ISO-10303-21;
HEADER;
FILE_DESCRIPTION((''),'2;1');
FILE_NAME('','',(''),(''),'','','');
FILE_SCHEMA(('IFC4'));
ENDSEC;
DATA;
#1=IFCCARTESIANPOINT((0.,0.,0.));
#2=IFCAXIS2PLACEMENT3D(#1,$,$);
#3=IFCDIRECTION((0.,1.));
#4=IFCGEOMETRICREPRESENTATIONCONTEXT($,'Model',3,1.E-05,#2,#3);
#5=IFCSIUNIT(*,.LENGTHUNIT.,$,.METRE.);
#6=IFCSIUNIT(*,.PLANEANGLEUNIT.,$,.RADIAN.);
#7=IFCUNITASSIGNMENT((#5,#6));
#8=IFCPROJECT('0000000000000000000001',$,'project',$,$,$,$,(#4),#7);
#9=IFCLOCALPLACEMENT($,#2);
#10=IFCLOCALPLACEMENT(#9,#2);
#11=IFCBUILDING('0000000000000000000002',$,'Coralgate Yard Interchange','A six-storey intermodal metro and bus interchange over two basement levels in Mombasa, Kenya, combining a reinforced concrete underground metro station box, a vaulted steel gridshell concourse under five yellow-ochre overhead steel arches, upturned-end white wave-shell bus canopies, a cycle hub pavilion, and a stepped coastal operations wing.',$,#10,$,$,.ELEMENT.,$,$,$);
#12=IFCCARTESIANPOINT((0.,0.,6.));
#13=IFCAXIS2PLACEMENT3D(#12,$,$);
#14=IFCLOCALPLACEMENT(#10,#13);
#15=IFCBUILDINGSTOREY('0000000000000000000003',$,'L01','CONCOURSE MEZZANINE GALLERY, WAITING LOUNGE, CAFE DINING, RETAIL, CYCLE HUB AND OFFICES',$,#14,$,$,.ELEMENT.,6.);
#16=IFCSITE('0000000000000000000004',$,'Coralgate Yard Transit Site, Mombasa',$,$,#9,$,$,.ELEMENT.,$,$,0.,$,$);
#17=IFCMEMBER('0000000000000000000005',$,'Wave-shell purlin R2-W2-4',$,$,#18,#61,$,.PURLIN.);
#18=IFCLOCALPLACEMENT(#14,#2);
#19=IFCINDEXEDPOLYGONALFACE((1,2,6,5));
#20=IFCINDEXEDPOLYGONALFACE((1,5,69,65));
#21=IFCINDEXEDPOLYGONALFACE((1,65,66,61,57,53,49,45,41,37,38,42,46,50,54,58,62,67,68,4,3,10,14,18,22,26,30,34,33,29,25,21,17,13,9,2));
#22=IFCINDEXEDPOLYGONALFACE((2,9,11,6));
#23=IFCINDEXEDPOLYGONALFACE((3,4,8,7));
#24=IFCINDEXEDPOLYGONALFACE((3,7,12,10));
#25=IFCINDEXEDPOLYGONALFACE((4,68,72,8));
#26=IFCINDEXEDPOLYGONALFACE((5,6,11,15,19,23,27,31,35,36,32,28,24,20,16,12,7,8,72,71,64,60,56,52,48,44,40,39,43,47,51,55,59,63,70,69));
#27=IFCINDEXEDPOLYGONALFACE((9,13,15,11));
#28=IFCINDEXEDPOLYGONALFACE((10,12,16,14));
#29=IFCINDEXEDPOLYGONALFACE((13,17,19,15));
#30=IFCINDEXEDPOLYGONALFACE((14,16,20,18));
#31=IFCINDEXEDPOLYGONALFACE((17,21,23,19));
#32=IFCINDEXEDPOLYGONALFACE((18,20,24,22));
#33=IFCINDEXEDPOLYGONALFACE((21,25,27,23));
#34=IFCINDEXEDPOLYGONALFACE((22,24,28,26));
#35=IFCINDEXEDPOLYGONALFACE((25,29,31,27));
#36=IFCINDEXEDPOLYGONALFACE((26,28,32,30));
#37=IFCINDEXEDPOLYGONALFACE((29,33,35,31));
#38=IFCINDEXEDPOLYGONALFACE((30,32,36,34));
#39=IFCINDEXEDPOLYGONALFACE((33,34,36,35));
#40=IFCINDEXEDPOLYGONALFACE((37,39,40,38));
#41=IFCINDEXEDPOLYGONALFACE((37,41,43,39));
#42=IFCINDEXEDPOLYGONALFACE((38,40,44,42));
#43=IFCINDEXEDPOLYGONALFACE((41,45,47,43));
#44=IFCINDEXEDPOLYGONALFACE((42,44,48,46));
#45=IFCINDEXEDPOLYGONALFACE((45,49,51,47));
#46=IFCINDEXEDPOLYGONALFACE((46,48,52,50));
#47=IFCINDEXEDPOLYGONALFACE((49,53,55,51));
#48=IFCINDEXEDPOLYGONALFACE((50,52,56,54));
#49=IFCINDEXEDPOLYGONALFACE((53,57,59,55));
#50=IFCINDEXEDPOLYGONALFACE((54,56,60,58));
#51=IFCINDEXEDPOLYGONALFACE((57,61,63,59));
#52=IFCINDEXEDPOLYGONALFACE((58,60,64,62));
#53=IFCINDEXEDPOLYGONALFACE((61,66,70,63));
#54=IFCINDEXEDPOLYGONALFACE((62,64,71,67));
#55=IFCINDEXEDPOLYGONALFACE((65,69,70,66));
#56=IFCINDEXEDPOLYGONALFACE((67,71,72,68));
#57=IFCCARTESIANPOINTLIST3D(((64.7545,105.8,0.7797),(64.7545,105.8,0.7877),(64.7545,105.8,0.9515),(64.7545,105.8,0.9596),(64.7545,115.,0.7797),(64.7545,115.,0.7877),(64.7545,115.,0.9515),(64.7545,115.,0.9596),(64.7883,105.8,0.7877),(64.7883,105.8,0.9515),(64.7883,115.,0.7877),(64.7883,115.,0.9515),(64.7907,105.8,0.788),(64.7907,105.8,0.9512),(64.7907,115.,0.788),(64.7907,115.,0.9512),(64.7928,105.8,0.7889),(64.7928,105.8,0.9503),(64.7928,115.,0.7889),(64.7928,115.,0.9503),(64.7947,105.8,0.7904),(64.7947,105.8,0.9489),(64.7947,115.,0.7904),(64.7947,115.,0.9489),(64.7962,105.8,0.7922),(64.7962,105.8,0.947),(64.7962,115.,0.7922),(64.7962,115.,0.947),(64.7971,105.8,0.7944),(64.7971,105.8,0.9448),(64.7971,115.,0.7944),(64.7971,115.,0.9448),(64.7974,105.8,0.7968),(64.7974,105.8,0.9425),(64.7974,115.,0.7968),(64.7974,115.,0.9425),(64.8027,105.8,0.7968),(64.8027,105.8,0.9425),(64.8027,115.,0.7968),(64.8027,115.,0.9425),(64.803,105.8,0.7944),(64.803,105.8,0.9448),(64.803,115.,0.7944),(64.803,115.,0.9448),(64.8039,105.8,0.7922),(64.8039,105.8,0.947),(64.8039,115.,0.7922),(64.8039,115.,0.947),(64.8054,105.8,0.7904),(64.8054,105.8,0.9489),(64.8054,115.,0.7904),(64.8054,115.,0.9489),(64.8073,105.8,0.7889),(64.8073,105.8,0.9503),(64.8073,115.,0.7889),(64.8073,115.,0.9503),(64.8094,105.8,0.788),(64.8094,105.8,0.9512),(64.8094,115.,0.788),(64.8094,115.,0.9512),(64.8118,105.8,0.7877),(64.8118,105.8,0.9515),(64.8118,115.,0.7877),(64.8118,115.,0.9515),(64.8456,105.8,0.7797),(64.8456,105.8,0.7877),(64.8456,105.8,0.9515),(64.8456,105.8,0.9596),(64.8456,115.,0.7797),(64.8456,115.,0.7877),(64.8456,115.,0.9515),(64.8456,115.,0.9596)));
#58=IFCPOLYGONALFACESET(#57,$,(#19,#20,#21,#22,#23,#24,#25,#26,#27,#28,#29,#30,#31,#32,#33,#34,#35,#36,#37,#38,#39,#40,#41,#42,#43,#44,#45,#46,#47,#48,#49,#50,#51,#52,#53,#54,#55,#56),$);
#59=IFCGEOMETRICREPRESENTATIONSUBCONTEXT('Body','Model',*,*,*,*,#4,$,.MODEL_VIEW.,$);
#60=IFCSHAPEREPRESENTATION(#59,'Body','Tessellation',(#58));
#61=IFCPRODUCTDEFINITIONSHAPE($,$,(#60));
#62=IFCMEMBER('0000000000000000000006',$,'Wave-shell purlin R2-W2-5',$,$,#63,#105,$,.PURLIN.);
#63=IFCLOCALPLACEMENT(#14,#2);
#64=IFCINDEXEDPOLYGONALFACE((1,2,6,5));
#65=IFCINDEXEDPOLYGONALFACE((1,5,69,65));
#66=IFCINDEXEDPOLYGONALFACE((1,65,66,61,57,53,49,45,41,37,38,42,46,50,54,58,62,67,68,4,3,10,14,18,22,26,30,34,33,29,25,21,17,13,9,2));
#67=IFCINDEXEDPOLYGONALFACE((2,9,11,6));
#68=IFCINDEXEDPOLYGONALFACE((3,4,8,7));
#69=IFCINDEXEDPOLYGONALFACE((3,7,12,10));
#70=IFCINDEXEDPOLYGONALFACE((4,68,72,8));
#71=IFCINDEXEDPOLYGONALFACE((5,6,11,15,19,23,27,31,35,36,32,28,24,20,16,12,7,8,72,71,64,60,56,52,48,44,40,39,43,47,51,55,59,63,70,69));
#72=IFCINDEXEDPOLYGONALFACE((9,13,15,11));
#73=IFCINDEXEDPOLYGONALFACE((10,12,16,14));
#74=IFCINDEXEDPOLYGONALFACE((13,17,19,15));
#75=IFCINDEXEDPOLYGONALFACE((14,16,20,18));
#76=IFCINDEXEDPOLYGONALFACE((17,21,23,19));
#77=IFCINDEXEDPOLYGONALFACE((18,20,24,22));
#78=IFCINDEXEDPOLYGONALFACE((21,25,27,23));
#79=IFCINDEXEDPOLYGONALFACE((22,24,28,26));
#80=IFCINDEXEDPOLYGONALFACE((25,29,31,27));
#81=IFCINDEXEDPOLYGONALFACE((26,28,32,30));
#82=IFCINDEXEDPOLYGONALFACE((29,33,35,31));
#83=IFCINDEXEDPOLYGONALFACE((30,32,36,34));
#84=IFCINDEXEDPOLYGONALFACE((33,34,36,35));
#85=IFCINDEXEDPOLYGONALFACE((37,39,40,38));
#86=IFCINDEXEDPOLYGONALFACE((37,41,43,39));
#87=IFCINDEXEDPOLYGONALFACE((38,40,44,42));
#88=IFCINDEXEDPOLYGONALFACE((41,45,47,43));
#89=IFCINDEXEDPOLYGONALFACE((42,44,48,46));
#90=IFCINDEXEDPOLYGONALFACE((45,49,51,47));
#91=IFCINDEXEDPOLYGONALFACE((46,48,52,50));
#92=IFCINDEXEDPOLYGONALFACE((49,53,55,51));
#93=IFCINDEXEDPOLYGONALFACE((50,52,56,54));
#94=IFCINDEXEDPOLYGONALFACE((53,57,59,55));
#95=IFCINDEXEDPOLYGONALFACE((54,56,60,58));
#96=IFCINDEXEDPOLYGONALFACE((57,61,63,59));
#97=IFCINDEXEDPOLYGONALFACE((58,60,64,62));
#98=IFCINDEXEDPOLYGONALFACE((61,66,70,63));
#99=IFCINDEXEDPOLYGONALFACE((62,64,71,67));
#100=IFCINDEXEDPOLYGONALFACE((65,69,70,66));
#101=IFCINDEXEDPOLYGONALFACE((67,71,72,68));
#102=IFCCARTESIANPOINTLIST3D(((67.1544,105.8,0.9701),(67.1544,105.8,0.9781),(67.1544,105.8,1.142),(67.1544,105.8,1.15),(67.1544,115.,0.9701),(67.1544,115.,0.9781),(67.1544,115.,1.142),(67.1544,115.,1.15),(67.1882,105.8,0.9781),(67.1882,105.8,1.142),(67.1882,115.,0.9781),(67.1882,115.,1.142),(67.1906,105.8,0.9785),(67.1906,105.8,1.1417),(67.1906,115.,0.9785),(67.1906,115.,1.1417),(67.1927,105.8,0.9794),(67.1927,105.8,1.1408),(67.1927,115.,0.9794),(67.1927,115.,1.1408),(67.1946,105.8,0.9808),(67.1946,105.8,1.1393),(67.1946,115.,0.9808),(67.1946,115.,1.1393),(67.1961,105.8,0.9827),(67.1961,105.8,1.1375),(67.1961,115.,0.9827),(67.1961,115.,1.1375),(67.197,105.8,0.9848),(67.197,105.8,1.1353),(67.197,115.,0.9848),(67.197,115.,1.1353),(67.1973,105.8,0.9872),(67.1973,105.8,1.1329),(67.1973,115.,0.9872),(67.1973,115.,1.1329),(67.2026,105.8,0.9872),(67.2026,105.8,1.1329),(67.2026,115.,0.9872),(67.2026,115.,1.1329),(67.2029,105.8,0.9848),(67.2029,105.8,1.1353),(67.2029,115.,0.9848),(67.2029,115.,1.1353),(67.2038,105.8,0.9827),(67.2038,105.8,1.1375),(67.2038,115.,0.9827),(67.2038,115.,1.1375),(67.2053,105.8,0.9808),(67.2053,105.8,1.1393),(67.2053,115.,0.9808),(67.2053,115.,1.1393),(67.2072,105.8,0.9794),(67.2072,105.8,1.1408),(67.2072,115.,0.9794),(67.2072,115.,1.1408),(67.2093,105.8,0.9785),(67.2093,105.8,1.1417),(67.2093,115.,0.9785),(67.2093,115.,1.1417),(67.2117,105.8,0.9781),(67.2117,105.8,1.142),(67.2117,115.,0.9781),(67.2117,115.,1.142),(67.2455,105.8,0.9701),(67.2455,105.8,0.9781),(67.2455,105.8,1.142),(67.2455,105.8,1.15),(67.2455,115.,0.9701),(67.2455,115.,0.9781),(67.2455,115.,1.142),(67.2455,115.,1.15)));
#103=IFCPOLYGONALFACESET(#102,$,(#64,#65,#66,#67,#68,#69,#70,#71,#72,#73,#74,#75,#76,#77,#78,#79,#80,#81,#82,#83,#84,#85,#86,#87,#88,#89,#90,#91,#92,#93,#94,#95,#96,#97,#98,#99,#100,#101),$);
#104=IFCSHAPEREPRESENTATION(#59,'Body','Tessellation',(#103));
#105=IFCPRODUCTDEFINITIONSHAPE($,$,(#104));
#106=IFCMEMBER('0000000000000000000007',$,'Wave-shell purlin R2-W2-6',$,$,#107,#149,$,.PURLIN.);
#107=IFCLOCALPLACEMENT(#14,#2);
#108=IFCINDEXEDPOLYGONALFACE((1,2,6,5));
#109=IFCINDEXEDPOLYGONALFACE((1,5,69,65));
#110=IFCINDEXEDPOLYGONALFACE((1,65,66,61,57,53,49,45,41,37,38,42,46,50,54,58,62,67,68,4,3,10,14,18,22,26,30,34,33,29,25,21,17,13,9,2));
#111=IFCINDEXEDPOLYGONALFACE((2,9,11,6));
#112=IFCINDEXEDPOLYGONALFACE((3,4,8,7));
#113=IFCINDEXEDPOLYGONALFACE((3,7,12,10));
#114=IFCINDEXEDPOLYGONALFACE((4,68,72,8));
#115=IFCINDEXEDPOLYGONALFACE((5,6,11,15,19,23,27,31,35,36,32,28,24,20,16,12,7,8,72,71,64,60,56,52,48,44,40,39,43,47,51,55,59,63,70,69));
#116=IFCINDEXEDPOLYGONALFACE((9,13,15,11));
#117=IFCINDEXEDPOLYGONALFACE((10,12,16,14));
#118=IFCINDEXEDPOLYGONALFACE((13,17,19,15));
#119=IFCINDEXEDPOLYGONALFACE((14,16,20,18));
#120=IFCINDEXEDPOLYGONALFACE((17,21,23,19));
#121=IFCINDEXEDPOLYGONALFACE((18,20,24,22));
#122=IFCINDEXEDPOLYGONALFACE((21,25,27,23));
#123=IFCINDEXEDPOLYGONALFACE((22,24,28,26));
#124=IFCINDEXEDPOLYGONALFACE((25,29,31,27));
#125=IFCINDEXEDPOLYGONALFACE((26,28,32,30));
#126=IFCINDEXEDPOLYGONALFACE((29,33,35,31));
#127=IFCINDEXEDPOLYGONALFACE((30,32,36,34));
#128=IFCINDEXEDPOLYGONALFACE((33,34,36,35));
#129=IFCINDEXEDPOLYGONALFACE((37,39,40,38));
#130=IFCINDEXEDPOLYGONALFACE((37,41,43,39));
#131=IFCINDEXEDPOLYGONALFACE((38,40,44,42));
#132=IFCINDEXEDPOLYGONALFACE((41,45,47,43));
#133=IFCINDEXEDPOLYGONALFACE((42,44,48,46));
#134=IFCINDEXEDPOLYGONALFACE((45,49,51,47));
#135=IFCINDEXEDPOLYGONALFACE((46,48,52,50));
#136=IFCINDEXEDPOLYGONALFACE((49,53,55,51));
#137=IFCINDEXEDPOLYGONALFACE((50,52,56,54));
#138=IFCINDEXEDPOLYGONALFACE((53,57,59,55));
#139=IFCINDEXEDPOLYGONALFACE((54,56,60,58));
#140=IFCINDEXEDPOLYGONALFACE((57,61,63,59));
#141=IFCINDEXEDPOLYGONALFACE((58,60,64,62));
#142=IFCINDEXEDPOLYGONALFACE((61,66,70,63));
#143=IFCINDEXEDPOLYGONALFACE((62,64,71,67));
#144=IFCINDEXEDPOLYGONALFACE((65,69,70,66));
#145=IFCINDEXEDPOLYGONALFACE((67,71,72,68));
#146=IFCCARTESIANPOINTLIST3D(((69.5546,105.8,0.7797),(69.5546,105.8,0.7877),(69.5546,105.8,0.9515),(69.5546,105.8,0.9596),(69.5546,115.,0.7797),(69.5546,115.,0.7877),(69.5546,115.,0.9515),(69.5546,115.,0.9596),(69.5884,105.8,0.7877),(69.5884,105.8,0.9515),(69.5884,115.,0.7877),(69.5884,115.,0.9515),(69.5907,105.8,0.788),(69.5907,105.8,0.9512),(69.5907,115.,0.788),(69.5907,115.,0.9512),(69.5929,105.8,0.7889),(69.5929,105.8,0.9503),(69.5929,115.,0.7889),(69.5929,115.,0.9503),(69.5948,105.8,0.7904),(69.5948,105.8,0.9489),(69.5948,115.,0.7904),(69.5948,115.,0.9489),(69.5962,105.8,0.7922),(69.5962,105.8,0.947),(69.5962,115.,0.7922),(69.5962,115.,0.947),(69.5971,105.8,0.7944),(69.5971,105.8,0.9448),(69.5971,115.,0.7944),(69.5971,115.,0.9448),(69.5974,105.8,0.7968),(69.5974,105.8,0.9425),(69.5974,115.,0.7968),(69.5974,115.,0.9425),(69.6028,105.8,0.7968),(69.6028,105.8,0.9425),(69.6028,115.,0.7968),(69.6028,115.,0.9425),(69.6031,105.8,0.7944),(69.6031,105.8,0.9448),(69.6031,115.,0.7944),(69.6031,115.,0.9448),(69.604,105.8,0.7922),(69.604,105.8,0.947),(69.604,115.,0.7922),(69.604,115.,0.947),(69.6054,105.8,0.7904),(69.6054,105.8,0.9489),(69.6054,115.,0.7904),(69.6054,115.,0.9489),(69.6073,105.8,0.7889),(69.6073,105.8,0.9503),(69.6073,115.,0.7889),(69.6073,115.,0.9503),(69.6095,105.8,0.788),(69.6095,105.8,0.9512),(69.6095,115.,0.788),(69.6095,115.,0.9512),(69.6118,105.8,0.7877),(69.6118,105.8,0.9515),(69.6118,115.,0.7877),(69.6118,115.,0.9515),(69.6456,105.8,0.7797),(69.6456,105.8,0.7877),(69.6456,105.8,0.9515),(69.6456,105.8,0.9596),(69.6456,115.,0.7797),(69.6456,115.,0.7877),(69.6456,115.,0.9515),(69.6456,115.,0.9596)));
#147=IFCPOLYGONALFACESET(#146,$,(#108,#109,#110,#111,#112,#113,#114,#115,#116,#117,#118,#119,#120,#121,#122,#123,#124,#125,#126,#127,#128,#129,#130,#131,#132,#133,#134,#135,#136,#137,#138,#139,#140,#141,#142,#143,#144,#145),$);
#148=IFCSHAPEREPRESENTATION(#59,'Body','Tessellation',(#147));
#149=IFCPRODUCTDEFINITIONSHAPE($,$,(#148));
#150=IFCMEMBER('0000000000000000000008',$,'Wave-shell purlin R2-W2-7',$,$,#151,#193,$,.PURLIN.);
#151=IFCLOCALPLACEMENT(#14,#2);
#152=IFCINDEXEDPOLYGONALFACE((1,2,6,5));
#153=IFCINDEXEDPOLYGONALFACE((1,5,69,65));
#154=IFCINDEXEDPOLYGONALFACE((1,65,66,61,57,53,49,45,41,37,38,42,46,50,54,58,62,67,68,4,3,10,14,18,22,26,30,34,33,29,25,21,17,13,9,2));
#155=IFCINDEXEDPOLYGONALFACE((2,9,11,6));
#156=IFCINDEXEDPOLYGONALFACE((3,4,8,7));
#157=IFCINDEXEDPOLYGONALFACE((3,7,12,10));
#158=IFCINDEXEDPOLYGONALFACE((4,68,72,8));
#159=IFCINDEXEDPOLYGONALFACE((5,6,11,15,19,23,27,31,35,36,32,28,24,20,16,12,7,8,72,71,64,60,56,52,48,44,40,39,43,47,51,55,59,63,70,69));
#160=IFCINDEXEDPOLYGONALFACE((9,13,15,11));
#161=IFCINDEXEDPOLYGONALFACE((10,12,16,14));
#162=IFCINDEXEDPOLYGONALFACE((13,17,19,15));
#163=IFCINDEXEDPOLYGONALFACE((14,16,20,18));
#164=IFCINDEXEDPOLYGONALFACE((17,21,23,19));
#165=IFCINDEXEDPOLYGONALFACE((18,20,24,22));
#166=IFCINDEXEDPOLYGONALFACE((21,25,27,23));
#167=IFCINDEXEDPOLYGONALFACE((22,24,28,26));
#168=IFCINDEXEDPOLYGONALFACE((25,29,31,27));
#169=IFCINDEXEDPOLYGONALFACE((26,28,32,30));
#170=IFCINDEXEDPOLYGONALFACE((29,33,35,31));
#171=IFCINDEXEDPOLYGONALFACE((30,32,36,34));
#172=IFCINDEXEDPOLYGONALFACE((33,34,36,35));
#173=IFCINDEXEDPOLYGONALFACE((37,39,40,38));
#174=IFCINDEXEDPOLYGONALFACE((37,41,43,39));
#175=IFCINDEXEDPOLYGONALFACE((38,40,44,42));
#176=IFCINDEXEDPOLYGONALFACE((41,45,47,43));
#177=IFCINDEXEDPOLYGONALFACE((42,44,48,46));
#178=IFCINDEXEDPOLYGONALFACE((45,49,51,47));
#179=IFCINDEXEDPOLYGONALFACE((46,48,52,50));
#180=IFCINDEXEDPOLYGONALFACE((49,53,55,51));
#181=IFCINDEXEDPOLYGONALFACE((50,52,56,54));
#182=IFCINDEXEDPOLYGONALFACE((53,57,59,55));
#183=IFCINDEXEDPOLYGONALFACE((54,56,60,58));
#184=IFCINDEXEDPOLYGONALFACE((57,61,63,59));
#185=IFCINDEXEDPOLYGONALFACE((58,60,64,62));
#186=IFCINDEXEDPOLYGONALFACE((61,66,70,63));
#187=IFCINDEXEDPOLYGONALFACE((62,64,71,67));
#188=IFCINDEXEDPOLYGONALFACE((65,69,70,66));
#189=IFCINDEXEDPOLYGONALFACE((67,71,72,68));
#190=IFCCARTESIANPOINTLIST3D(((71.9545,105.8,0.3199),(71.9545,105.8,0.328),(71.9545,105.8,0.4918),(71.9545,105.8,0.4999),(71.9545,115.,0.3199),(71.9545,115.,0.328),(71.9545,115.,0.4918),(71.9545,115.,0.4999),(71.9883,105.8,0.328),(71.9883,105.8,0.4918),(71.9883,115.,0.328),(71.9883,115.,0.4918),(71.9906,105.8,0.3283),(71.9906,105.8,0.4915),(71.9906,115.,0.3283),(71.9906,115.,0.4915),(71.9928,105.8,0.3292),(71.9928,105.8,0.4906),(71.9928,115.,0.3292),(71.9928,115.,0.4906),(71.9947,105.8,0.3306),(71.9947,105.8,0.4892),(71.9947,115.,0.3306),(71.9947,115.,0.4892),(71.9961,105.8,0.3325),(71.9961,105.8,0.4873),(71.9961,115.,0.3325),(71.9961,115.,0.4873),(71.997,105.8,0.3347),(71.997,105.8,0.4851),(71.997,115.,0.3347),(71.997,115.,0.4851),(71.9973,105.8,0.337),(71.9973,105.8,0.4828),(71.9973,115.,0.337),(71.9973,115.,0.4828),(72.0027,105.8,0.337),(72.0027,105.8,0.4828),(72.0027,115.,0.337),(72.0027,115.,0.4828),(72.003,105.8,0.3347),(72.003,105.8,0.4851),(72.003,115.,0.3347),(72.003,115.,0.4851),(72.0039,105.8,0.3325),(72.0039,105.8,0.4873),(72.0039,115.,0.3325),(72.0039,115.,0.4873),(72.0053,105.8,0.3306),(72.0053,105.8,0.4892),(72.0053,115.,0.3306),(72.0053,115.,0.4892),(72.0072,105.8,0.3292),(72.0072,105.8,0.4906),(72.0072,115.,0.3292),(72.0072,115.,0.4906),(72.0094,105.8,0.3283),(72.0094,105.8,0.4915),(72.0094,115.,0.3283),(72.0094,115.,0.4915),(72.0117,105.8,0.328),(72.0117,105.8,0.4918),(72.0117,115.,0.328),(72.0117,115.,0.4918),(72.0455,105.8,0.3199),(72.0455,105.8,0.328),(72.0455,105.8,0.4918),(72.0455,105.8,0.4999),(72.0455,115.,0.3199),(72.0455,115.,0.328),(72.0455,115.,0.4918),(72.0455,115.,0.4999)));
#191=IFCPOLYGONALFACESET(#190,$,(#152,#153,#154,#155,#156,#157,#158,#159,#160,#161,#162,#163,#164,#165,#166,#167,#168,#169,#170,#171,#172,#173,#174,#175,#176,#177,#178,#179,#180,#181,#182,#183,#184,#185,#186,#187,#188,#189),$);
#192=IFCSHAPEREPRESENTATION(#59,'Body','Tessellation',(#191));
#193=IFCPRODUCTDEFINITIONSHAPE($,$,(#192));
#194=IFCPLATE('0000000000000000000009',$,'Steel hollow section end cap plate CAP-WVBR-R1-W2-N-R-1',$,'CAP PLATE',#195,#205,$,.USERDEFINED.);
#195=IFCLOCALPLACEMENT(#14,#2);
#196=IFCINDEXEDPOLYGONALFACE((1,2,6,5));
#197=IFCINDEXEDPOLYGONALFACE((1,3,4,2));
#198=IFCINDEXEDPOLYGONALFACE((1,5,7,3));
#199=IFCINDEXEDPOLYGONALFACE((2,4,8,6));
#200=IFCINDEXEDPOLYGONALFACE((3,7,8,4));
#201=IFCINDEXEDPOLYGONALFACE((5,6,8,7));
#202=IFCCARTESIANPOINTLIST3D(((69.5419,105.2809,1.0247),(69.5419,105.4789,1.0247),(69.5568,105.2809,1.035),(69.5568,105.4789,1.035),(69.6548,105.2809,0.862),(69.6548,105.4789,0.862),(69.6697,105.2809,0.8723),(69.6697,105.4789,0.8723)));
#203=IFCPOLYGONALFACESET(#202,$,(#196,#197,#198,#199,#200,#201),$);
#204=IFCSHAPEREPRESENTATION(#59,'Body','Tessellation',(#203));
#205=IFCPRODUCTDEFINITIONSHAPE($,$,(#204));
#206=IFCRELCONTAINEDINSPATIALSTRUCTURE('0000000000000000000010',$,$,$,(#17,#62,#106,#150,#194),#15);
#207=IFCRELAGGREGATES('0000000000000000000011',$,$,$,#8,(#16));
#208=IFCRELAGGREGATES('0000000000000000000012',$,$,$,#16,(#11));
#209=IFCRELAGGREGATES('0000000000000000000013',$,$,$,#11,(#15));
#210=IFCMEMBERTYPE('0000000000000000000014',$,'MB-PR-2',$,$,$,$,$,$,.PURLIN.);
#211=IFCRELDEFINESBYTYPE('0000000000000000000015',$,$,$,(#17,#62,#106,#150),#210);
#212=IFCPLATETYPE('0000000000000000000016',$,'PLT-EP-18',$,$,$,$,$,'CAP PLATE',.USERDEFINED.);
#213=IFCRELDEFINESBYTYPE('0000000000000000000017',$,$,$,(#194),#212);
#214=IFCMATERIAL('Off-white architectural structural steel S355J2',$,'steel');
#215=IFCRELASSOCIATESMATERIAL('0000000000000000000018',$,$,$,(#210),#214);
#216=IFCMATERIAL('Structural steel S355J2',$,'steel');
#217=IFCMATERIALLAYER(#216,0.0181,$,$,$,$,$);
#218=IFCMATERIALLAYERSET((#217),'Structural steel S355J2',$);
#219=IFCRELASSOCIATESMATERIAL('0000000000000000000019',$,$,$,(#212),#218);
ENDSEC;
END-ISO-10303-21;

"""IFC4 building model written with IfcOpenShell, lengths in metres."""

from ifc_helpers import new_model, si_unit, direction, frame, origin, origin_2d, place, context, subcontext, project, spatial, rectangle, i_section, extrude, material, layer, layer_set, material_profile, profile_set, type_object, element, save


model = new_model("IFC4")

# Units and contexts
model_context = context("Model", 3, precision=1e-05, world=origin(), true_north=direction((0.0, 1.0)))
body_context = subcontext(model_context, "Body", "Model", "MODEL_VIEW")
ifc_project = project(units=[si_unit("LENGTHUNIT", "METRE"), si_unit("PLANEANGLEUNIT", "RADIAN")], contexts=[model_context])

# Site, building, storey
site_placement = place(None, origin())
site = spatial("IfcSite", under=ifc_project, at=site_placement, Name="Coralgate Yard Transit Site, Mombasa", CompositionType="ELEMENT", RefElevation=0.0)
building_placement = place(site_placement, origin())
building = spatial("IfcBuilding", under=site, at=building_placement, Name="Coralgate Yard Interchange", Description="A six-storey intermodal metro and bus interchange over two basement levels in Mombasa, Kenya, combining a reinforced concrete underground metro station box, a vaulted steel gridshell concourse under five yellow-ochre overhead steel arches, upturned-end white wave-shell bus canopies, a cycle hub pavilion, and a stepped coastal operations wing.", CompositionType="ELEMENT")
storey_placement = place(building_placement, frame((0.0, 0.0, 6.0)))
storey = spatial("IfcBuildingStorey", under=building, at=storey_placement, Name="L01", Description="CONCOURSE MEZZANINE GALLERY, WAITING LOUNGE, CAFE DINING, RETAIL, CYCLE HUB AND OFFICES", CompositionType="ELEMENT", Elevation=6.0)

# Shared definitions
ifc_material_1 = material(Name="Off-white architectural structural steel S355J2", Category="steel")

# Members
ifc_material_profile_1 = material_profile(ifc_material_1, i_section(OverallWidth=0.0911, OverallDepth=0.1799, WebThickness=0.0054, FlangeThickness=0.0081, FilletRadius=0.009, at=origin_2d()), Name="IPE 180")
ifc_profile_set_1 = profile_set([ifc_material_profile_1], Name="Off-white architectural structural steel S355J2")
member_type_1 = type_object("IfcMemberType", Name="MB-PR-2", PredefinedType="PURLIN", material=ifc_profile_set_1)
for number, where, z_axis, x_axis, name in (
    (1, (64.8, 105.8, 0.8696), (0.0, 1.0, 0.0), (-1.0, 0.0, 0.0), "Wave-shell purlin R2-W2-4"),
    (2, (67.2, 105.8, 1.0601), (0.0, 1.0, 0.0), (-1.0, 0.0, 0.0), "Wave-shell purlin R2-W2-5"),
    (3, (69.6001, 105.8, 0.8696), (0.0, 1.0, 0.0), (-1.0, 0.0, 0.0), "Wave-shell purlin R2-W2-6"),
    (4, (72.0, 105.8, 0.4099), (0.0, 1.0, 0.0), (-1.0, 0.0, 0.0), "Wave-shell purlin R2-W2-7"),
):
    element("IfcMember", number, at=place(storey_placement, frame(where, z_axis=z_axis, x_axis=x_axis)), inside=storey, type_object=member_type_1, Name=name, PredefinedType="PURLIN", context=body_context, shape_type="SweptSolid", body=[
        extrude(i_section(OverallWidth=0.0911, OverallDepth=0.1799, WebThickness=0.0054, FlangeThickness=0.0081, FilletRadius=0.009, at=origin_2d()), origin(), (0.0, 0.0, 1.0), 9.2),
    ])

# Plate
ifc_material_2 = material(Name="Structural steel S355J2", Category="steel")
ifc_layer = layer(ifc_material_2, 0.0181)
ifc_layer_set = layer_set([ifc_layer], Name="Structural steel S355J2")
plate_type = type_object("IfcPlateType", Name="PLT-EP-18", ElementType="CAP PLATE", PredefinedType="USERDEFINED", material=ifc_layer_set)
for number, where, z_axis, x_axis, name in (
    (5, (69.5984, 105.3799, 0.9434), (0.821436, 0.0, 0.570301), (0.0, 1.0, 0.0), "Steel hollow section end cap plate CAP-WVBR-R1-W2-N-R-1"),
):
    element("IfcPlate", number, at=place(storey_placement, frame(where, z_axis=z_axis, x_axis=x_axis)), inside=storey, type_object=plate_type, Name=name, ObjectType="CAP PLATE", PredefinedType="USERDEFINED", context=body_context, shape_type="SweptSolid", body=[
        extrude(rectangle(XDim=0.198, YDim=0.198, at=origin_2d()), origin(), (0.0, 0.0, 1.0), 0.0181),
    ])

save(model, "model.ifc")
